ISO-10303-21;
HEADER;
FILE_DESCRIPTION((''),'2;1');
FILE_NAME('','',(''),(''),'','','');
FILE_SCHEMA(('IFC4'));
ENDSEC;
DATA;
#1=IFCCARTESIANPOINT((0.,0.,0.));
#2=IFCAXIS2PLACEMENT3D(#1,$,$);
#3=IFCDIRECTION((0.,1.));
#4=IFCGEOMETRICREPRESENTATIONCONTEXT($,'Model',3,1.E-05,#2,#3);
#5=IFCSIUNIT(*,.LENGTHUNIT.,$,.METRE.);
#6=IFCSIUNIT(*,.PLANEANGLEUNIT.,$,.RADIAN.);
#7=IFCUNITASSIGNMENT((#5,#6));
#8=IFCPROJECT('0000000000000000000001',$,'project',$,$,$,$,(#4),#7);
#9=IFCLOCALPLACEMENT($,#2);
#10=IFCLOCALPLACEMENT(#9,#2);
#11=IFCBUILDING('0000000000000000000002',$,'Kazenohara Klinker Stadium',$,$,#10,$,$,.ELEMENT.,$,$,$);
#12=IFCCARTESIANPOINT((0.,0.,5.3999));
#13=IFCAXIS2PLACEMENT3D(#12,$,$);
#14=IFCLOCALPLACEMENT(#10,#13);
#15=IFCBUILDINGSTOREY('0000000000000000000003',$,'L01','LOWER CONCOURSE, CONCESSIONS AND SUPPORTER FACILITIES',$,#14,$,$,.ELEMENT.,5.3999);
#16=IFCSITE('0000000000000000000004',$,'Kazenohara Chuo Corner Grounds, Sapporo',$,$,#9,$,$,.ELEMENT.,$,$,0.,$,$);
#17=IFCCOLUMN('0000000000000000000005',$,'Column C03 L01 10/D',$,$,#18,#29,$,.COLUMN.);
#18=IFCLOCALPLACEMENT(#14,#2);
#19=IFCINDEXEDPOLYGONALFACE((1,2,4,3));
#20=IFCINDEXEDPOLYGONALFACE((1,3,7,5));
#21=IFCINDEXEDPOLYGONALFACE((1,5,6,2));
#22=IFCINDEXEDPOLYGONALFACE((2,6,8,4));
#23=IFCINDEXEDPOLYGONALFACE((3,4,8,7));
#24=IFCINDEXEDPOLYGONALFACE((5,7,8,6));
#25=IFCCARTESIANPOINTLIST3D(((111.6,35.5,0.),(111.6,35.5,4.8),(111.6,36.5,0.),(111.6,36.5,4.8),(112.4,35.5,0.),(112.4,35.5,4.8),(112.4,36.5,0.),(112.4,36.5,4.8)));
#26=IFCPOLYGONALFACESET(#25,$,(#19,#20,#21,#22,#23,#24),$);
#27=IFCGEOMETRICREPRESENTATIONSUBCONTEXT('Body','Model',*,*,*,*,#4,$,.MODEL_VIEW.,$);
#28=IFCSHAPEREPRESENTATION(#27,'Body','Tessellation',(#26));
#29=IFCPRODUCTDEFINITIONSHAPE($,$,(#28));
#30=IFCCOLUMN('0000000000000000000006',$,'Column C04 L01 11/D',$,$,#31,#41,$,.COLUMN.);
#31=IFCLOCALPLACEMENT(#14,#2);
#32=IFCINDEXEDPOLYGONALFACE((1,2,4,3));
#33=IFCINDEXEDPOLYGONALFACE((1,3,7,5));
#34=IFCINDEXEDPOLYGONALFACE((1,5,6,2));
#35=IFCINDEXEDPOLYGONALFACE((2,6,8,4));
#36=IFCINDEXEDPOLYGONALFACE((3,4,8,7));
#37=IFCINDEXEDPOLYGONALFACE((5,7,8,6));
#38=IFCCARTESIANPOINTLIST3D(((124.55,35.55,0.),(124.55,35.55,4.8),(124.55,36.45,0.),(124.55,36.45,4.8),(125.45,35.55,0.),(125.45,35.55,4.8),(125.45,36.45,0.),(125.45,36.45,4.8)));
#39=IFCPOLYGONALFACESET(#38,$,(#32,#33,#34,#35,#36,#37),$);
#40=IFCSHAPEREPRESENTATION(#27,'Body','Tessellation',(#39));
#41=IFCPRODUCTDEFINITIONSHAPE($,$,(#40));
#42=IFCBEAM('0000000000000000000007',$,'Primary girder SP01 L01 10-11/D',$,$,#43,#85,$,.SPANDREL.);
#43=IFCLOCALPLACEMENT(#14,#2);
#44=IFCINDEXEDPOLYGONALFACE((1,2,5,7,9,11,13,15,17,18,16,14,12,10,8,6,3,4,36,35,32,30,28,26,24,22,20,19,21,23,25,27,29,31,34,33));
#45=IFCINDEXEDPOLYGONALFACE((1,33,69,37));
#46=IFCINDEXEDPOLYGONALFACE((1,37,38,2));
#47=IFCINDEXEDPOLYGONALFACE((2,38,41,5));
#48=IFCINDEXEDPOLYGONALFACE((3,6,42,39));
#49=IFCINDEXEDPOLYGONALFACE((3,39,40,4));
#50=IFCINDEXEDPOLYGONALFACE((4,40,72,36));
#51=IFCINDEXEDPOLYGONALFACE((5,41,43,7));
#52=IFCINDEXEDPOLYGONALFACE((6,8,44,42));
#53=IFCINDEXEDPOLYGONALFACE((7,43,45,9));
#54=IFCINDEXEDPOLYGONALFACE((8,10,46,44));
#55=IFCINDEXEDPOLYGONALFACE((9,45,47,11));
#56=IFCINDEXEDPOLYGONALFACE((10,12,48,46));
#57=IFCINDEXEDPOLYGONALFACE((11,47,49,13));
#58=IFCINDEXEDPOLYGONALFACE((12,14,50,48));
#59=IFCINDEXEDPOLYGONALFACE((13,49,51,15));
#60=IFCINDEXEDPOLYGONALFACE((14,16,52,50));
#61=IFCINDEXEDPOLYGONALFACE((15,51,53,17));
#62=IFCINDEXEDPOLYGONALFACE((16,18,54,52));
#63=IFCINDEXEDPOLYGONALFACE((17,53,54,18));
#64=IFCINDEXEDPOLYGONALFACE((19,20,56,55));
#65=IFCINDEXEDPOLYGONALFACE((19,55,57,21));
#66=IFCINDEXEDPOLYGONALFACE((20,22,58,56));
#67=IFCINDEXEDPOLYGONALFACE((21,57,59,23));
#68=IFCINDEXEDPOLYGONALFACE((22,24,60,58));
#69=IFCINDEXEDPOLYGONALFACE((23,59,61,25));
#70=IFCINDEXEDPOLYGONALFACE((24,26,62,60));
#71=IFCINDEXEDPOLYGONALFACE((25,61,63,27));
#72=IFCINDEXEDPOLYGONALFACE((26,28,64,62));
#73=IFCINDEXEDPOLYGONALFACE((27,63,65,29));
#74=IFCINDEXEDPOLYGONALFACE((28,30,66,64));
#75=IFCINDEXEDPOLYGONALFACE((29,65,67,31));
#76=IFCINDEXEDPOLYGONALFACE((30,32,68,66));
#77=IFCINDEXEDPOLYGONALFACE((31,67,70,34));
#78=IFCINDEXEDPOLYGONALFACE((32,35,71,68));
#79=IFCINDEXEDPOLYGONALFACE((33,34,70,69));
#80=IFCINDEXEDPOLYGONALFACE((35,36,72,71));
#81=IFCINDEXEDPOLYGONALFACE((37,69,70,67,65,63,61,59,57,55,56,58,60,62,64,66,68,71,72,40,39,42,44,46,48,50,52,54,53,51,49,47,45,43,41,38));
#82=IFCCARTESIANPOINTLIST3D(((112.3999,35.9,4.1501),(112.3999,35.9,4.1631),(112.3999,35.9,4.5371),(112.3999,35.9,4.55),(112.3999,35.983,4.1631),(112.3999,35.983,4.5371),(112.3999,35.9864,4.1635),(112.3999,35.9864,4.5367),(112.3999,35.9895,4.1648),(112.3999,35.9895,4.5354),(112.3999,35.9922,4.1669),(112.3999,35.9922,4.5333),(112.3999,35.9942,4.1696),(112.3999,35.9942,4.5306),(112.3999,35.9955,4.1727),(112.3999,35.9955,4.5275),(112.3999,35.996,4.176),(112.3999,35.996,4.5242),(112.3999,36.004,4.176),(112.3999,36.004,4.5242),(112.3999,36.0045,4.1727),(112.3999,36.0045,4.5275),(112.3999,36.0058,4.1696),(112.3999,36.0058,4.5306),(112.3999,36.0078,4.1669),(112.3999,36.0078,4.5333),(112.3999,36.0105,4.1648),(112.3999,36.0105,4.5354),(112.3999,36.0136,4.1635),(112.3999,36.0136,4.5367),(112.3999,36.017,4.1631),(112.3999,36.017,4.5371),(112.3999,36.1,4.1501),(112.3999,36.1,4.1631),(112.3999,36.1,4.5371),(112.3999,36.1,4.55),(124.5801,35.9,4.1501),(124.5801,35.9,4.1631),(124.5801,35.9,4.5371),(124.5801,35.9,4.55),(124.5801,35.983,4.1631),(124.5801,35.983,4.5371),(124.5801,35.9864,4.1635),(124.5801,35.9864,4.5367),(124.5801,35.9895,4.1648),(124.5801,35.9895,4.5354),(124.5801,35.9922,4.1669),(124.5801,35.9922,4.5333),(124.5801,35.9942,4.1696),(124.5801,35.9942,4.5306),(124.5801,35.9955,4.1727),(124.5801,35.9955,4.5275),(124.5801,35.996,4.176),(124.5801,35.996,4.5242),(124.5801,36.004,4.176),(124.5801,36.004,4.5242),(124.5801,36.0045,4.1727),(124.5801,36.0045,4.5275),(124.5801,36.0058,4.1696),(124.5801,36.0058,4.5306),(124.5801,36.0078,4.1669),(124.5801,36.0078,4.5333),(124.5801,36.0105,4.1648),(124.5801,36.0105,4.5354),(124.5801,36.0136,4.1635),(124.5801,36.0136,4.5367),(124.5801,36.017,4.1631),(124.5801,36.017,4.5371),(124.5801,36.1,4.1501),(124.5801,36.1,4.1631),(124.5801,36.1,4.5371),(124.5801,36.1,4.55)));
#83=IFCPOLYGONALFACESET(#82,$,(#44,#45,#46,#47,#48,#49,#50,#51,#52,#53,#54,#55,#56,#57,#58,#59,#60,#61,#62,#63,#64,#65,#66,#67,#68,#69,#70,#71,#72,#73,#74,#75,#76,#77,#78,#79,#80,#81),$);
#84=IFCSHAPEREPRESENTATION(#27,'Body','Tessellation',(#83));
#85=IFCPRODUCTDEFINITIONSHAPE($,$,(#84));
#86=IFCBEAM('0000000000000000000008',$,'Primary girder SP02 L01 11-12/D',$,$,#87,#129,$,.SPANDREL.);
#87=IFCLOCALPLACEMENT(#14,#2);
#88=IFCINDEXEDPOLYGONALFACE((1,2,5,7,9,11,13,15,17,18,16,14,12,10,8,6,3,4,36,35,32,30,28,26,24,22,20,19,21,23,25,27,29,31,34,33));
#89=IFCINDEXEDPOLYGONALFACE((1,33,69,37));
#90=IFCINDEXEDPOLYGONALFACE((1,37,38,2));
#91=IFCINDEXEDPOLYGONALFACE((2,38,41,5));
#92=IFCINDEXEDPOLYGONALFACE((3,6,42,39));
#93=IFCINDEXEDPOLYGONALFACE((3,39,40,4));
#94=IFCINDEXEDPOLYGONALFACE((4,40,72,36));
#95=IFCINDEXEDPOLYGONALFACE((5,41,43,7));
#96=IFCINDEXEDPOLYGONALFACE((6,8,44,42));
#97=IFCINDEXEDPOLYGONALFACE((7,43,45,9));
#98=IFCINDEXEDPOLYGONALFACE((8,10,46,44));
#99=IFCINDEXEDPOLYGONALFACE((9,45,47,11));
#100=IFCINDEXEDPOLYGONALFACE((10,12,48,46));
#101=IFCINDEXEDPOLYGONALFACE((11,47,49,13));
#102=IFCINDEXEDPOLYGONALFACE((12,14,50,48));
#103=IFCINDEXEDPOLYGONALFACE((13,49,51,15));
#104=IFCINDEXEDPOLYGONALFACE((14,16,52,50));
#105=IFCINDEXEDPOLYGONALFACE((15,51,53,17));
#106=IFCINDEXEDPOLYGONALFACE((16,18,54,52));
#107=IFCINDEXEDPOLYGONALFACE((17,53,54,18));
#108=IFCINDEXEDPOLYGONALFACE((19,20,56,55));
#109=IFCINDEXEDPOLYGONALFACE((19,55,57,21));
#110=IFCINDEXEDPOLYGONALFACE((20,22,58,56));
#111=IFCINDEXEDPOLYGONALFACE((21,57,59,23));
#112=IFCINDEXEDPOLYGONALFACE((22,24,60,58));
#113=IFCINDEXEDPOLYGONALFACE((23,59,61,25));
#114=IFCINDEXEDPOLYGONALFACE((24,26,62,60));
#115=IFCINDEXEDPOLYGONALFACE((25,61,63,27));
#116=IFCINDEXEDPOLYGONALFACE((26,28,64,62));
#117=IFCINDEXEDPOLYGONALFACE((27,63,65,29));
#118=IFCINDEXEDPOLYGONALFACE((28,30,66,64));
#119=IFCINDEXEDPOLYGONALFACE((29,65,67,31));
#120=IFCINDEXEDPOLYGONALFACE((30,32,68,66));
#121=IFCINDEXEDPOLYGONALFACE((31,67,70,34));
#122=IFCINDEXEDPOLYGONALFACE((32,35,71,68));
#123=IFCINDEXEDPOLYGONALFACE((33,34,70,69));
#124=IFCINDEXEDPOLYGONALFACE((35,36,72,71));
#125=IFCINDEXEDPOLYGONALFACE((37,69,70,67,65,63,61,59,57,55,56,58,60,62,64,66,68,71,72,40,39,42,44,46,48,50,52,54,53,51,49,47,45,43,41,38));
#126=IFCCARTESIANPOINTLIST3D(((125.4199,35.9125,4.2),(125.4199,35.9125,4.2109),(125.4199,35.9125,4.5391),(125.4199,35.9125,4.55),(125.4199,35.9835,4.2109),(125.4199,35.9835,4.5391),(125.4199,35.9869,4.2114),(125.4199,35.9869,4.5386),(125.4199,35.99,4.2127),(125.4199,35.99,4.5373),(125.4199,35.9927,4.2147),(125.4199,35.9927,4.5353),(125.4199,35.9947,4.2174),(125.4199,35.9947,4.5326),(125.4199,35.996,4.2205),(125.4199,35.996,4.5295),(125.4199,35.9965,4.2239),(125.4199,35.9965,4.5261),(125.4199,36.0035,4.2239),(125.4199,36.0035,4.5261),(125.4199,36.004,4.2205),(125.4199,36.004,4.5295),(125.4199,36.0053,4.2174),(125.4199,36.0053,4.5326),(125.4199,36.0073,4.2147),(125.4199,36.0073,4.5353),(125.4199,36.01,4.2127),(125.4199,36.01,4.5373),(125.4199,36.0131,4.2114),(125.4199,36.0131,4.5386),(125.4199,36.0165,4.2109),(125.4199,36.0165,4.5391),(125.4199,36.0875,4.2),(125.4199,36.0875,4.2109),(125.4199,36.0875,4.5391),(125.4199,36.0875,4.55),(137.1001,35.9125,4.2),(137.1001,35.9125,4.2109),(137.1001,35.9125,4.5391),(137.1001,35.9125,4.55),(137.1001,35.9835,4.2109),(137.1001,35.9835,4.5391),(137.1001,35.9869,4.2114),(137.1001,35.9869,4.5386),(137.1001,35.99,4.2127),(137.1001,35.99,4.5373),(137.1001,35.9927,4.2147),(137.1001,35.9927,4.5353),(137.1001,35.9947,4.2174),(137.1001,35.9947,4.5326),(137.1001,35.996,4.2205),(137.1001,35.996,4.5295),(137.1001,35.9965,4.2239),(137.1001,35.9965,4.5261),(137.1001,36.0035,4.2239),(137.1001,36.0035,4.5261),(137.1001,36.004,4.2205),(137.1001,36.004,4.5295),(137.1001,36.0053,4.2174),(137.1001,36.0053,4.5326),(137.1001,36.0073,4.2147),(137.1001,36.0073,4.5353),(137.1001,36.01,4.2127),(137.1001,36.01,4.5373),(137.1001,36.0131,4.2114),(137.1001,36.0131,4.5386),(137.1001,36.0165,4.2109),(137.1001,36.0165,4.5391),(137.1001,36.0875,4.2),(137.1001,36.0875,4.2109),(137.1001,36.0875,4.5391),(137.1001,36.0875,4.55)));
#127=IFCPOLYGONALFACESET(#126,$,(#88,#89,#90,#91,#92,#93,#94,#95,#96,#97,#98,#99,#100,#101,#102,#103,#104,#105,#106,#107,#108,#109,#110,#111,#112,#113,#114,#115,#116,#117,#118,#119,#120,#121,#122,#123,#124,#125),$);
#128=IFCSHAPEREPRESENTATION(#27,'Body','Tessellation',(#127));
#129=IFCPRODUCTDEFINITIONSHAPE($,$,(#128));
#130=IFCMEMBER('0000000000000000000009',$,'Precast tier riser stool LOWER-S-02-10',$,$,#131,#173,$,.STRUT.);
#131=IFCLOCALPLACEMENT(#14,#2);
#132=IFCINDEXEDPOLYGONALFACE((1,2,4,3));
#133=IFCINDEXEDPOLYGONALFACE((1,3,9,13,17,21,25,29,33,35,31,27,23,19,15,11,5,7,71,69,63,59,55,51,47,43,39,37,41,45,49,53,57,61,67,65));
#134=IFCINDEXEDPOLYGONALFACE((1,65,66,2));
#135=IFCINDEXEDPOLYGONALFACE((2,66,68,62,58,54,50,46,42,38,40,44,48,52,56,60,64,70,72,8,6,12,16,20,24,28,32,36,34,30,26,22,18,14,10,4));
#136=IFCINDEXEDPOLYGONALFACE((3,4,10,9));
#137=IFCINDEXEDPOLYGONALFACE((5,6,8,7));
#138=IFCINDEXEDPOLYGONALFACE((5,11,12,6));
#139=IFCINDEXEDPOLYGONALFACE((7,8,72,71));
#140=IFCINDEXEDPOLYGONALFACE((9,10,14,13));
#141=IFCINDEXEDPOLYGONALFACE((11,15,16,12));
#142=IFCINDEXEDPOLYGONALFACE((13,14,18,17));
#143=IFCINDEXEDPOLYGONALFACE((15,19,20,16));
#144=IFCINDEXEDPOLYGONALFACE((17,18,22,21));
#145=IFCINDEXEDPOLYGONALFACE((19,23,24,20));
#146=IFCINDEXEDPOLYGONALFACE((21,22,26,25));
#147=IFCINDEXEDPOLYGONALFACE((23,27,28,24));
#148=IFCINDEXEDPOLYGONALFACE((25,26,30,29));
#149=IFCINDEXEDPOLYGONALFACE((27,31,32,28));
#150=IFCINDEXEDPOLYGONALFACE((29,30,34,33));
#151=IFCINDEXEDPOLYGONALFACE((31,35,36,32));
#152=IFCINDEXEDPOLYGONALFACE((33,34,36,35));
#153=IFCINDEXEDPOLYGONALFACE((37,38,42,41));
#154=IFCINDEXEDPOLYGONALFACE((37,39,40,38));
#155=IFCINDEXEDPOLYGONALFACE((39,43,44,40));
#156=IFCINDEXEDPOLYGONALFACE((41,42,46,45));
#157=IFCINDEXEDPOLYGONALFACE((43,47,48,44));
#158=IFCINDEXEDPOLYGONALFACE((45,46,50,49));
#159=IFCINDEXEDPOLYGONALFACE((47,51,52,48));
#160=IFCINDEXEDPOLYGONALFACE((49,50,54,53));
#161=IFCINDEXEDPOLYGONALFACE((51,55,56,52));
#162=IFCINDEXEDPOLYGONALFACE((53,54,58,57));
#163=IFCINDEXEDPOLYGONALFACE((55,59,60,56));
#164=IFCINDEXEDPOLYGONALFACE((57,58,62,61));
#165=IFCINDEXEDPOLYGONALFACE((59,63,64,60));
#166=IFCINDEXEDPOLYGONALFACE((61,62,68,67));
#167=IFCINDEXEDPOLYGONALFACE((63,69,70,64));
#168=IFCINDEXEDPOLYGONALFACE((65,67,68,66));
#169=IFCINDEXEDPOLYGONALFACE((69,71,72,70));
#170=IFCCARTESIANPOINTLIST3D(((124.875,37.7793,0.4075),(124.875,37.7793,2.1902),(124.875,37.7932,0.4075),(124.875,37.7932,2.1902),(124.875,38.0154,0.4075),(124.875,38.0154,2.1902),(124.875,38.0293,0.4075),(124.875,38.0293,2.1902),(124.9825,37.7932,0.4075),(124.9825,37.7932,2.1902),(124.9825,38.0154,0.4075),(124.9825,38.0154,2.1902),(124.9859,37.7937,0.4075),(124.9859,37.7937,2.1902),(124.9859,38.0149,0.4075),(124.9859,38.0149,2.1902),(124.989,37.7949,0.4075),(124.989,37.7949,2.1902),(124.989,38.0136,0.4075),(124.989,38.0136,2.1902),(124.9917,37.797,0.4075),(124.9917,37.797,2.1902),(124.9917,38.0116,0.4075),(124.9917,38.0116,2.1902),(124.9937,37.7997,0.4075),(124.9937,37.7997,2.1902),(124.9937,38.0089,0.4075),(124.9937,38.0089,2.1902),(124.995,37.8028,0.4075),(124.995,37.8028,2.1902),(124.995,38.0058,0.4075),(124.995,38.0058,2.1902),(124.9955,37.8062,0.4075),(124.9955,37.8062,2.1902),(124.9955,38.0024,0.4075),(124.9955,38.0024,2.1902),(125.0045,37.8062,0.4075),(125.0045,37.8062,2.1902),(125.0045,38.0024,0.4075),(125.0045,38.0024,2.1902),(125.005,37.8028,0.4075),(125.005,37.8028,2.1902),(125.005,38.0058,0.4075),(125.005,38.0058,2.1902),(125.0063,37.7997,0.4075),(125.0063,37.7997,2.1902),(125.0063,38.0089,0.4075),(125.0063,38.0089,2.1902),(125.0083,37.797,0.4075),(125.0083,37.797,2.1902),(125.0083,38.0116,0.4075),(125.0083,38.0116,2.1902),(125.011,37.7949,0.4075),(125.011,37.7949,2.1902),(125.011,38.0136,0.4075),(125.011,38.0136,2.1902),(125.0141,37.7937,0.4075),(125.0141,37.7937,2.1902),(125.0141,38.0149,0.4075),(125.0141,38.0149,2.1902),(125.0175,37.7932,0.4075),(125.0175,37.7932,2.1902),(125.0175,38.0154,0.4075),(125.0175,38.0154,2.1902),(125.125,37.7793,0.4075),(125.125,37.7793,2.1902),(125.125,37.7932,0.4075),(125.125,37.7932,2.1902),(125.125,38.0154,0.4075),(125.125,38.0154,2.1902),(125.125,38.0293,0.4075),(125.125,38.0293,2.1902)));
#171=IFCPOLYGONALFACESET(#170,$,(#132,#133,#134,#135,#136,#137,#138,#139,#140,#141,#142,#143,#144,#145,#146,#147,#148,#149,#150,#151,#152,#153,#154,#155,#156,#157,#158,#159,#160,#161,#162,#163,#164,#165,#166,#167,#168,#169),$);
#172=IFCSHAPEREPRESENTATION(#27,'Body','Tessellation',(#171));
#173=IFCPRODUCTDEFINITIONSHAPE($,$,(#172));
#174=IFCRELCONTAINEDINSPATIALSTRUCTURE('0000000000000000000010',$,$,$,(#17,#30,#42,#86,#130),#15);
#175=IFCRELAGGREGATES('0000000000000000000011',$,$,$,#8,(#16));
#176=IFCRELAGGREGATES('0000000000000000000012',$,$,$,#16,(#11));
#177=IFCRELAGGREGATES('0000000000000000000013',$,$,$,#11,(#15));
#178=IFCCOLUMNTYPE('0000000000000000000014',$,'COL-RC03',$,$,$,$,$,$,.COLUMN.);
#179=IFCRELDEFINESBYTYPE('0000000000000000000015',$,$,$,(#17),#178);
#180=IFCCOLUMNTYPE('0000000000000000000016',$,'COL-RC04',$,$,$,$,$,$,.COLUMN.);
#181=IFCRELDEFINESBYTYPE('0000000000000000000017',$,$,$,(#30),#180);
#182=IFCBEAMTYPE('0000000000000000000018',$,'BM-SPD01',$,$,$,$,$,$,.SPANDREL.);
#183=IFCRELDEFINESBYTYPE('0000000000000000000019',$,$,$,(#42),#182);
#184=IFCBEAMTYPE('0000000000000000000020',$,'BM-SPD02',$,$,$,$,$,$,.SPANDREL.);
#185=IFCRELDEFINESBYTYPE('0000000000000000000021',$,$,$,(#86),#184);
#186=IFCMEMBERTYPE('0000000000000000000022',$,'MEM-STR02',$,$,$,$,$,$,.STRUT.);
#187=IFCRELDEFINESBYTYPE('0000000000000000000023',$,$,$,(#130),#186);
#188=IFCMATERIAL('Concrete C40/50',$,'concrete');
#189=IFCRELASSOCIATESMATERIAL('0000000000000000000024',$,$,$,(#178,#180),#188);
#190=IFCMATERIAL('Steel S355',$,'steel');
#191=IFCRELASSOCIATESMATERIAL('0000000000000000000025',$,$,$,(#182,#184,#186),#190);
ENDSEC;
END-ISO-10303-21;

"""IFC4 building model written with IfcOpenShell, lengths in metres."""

from ifc_helpers import new_model, si_unit, direction, frame, origin, origin_2d, place, context, subcontext, project, spatial, rectangle, i_section, extrude, material, material_profile, profile_set, type_object, element, save


model = new_model("IFC4")

# Units and contexts
model_context = context("Model", 3, precision=1e-05, world=origin(), true_north=direction((0.0, 1.0)))
body_context = subcontext(model_context, "Body", "Model", "MODEL_VIEW")
ifc_project = project(units=[si_unit("LENGTHUNIT", "METRE"), si_unit("PLANEANGLEUNIT", "RADIAN")], contexts=[model_context])

# Site, building, storey
site_placement = place(None, origin())
site = spatial("IfcSite", under=ifc_project, at=site_placement, Name="Kazenohara Chuo Corner Grounds, Sapporo", CompositionType="ELEMENT", RefElevation=0.0)
building_placement = place(site_placement, origin())
building = spatial("IfcBuilding", under=site, at=building_placement, Name="Kazenohara Klinker Stadium", CompositionType="ELEMENT")
storey_placement = place(building_placement, frame((0.0, 0.0, 5.3999)))
storey = spatial("IfcBuildingStorey", under=building, at=storey_placement, Name="L01", Description="LOWER CONCOURSE, CONCESSIONS AND SUPPORTER FACILITIES", CompositionType="ELEMENT", Elevation=5.3999)

# Columns
ifc_material_1 = material(Name="Concrete C40/50", Category="concrete")
ifc_material_profile_1 = material_profile(ifc_material_1, rectangle(XDim=0.8, YDim=1.0, at=origin_2d()), Name="RC-COL-1000x800")
ifc_profile_set_1 = profile_set([ifc_material_profile_1], Name="Concrete C40/50")
column_type_1 = type_object("IfcColumnType", Name="COL-RC03", PredefinedType="COLUMN", material=ifc_profile_set_1)
column_1_placement = place(storey_placement, frame((112.0, 36.0, 0.0), z_axis=(0.0, 0.0, 1.0), x_axis=(1.0, 0.0, 0.0)))
element("IfcColumn", 1, at=column_1_placement, inside=storey, type_object=column_type_1, Name="Column C03 L01 10/D", PredefinedType="COLUMN", context=body_context, shape_type="SweptSolid", body=[
    extrude(rectangle(XDim=0.8, YDim=1.0, at=origin_2d()), origin(), (0.0, 0.0, 1.0), 4.8),
])
ifc_material_profile_2 = material_profile(ifc_material_1, rectangle(XDim=0.8999, YDim=0.8999, at=origin_2d()), Name="RC-COL-900x900")
ifc_profile_set_2 = profile_set([ifc_material_profile_2], Name="Concrete C40/50")
column_type_2 = type_object("IfcColumnType", Name="COL-RC04", PredefinedType="COLUMN", material=ifc_profile_set_2)
column_2_placement = place(storey_placement, frame((125.0, 36.0, 0.0), z_axis=(0.0, 0.0, 1.0), x_axis=(1.0, 0.0, 0.0)))
element("IfcColumn", 2, at=column_2_placement, inside=storey, type_object=column_type_2, Name="Column C04 L01 11/D", PredefinedType="COLUMN", context=body_context, shape_type="SweptSolid", body=[
    extrude(rectangle(XDim=0.8999, YDim=0.8999, at=origin_2d()), origin(), (0.0, 0.0, 1.0), 4.8),
])

# Beams
ifc_material_2 = material(Name="Steel S355", Category="steel")
ifc_material_profile_3 = material_profile(ifc_material_2, i_section(OverallWidth=0.2, OverallDepth=0.3999, WebThickness=0.0081, FlangeThickness=0.0129, FilletRadius=0.0129, at=origin_2d()), Name="H-400x200x8x13")
ifc_profile_set_3 = profile_set([ifc_material_profile_3], Name="Steel S355")
beam_type_1 = type_object("IfcBeamType", Name="BM-SPD01", PredefinedType="SPANDREL", material=ifc_profile_set_3)
beam_1_placement = place(storey_placement, frame((112.3999, 36.0, 4.3501), z_axis=(1.0, 0.0, 0.0), x_axis=(0.0, 1.0, 0.0)))
element("IfcBeam", 3, at=beam_1_placement, inside=storey, type_object=beam_type_1, Name="Primary girder SP01 L01 10-11/D", PredefinedType="SPANDREL", context=body_context, shape_type="SweptSolid", body=[
    extrude(i_section(OverallWidth=0.2, OverallDepth=0.3999, WebThickness=0.0081, FlangeThickness=0.0129, FilletRadius=0.0129, at=origin_2d()), origin(), (0.0, 0.0, 1.0), 12.1802),
])
ifc_material_profile_4 = material_profile(ifc_material_2, i_section(OverallWidth=0.175, OverallDepth=0.3501, WebThickness=0.0071, FlangeThickness=0.011, FilletRadius=0.0129, at=origin_2d()), Name="H-350x175x7x11")
ifc_profile_set_4 = profile_set([ifc_material_profile_4], Name="Steel S355")
beam_type_2 = type_object("IfcBeamType", Name="BM-SPD02", PredefinedType="SPANDREL", material=ifc_profile_set_4)
beam_2_placement = place(storey_placement, frame((125.4199, 36.0, 4.375), z_axis=(1.0, 0.0, 0.0), x_axis=(0.0, 1.0, 0.0)))
element("IfcBeam", 4, at=beam_2_placement, inside=storey, type_object=beam_type_2, Name="Primary girder SP02 L01 11-12/D", PredefinedType="SPANDREL", context=body_context, shape_type="SweptSolid", body=[
    extrude(i_section(OverallWidth=0.175, OverallDepth=0.3501, WebThickness=0.0071, FlangeThickness=0.011, FilletRadius=0.0129, at=origin_2d()), origin(), (0.0, 0.0, 1.0), 11.6802),
])

# Member
ifc_material_profile_5 = material_profile(ifc_material_2, i_section(OverallWidth=0.25, OverallDepth=0.25, WebThickness=0.009, FlangeThickness=0.0139, FilletRadius=0.0129, at=origin_2d()), Name="H-250x250x9x14")
ifc_profile_set_5 = profile_set([ifc_material_profile_5], Name="Steel S355")
member_type = type_object("IfcMemberType", Name="MEM-STR02", PredefinedType="STRUT", material=ifc_profile_set_5)
member_1_placement = place(storey_placement, frame((125.0, 37.9043, 0.4075), z_axis=(0.0, 0.0, 1.0), x_axis=(1.0, 0.0, 0.0)))
element("IfcMember", 5, at=member_1_placement, inside=storey, type_object=member_type, Name="Precast tier riser stool LOWER-S-02-10", PredefinedType="STRUT", context=body_context, shape_type="SweptSolid", body=[
    extrude(i_section(OverallWidth=0.25, OverallDepth=0.25, WebThickness=0.009, FlangeThickness=0.0139, FilletRadius=0.0129, at=origin_2d()), origin(), (0.0, 0.0, 1.0), 1.7827),
])

save(model, "model.ifc")
